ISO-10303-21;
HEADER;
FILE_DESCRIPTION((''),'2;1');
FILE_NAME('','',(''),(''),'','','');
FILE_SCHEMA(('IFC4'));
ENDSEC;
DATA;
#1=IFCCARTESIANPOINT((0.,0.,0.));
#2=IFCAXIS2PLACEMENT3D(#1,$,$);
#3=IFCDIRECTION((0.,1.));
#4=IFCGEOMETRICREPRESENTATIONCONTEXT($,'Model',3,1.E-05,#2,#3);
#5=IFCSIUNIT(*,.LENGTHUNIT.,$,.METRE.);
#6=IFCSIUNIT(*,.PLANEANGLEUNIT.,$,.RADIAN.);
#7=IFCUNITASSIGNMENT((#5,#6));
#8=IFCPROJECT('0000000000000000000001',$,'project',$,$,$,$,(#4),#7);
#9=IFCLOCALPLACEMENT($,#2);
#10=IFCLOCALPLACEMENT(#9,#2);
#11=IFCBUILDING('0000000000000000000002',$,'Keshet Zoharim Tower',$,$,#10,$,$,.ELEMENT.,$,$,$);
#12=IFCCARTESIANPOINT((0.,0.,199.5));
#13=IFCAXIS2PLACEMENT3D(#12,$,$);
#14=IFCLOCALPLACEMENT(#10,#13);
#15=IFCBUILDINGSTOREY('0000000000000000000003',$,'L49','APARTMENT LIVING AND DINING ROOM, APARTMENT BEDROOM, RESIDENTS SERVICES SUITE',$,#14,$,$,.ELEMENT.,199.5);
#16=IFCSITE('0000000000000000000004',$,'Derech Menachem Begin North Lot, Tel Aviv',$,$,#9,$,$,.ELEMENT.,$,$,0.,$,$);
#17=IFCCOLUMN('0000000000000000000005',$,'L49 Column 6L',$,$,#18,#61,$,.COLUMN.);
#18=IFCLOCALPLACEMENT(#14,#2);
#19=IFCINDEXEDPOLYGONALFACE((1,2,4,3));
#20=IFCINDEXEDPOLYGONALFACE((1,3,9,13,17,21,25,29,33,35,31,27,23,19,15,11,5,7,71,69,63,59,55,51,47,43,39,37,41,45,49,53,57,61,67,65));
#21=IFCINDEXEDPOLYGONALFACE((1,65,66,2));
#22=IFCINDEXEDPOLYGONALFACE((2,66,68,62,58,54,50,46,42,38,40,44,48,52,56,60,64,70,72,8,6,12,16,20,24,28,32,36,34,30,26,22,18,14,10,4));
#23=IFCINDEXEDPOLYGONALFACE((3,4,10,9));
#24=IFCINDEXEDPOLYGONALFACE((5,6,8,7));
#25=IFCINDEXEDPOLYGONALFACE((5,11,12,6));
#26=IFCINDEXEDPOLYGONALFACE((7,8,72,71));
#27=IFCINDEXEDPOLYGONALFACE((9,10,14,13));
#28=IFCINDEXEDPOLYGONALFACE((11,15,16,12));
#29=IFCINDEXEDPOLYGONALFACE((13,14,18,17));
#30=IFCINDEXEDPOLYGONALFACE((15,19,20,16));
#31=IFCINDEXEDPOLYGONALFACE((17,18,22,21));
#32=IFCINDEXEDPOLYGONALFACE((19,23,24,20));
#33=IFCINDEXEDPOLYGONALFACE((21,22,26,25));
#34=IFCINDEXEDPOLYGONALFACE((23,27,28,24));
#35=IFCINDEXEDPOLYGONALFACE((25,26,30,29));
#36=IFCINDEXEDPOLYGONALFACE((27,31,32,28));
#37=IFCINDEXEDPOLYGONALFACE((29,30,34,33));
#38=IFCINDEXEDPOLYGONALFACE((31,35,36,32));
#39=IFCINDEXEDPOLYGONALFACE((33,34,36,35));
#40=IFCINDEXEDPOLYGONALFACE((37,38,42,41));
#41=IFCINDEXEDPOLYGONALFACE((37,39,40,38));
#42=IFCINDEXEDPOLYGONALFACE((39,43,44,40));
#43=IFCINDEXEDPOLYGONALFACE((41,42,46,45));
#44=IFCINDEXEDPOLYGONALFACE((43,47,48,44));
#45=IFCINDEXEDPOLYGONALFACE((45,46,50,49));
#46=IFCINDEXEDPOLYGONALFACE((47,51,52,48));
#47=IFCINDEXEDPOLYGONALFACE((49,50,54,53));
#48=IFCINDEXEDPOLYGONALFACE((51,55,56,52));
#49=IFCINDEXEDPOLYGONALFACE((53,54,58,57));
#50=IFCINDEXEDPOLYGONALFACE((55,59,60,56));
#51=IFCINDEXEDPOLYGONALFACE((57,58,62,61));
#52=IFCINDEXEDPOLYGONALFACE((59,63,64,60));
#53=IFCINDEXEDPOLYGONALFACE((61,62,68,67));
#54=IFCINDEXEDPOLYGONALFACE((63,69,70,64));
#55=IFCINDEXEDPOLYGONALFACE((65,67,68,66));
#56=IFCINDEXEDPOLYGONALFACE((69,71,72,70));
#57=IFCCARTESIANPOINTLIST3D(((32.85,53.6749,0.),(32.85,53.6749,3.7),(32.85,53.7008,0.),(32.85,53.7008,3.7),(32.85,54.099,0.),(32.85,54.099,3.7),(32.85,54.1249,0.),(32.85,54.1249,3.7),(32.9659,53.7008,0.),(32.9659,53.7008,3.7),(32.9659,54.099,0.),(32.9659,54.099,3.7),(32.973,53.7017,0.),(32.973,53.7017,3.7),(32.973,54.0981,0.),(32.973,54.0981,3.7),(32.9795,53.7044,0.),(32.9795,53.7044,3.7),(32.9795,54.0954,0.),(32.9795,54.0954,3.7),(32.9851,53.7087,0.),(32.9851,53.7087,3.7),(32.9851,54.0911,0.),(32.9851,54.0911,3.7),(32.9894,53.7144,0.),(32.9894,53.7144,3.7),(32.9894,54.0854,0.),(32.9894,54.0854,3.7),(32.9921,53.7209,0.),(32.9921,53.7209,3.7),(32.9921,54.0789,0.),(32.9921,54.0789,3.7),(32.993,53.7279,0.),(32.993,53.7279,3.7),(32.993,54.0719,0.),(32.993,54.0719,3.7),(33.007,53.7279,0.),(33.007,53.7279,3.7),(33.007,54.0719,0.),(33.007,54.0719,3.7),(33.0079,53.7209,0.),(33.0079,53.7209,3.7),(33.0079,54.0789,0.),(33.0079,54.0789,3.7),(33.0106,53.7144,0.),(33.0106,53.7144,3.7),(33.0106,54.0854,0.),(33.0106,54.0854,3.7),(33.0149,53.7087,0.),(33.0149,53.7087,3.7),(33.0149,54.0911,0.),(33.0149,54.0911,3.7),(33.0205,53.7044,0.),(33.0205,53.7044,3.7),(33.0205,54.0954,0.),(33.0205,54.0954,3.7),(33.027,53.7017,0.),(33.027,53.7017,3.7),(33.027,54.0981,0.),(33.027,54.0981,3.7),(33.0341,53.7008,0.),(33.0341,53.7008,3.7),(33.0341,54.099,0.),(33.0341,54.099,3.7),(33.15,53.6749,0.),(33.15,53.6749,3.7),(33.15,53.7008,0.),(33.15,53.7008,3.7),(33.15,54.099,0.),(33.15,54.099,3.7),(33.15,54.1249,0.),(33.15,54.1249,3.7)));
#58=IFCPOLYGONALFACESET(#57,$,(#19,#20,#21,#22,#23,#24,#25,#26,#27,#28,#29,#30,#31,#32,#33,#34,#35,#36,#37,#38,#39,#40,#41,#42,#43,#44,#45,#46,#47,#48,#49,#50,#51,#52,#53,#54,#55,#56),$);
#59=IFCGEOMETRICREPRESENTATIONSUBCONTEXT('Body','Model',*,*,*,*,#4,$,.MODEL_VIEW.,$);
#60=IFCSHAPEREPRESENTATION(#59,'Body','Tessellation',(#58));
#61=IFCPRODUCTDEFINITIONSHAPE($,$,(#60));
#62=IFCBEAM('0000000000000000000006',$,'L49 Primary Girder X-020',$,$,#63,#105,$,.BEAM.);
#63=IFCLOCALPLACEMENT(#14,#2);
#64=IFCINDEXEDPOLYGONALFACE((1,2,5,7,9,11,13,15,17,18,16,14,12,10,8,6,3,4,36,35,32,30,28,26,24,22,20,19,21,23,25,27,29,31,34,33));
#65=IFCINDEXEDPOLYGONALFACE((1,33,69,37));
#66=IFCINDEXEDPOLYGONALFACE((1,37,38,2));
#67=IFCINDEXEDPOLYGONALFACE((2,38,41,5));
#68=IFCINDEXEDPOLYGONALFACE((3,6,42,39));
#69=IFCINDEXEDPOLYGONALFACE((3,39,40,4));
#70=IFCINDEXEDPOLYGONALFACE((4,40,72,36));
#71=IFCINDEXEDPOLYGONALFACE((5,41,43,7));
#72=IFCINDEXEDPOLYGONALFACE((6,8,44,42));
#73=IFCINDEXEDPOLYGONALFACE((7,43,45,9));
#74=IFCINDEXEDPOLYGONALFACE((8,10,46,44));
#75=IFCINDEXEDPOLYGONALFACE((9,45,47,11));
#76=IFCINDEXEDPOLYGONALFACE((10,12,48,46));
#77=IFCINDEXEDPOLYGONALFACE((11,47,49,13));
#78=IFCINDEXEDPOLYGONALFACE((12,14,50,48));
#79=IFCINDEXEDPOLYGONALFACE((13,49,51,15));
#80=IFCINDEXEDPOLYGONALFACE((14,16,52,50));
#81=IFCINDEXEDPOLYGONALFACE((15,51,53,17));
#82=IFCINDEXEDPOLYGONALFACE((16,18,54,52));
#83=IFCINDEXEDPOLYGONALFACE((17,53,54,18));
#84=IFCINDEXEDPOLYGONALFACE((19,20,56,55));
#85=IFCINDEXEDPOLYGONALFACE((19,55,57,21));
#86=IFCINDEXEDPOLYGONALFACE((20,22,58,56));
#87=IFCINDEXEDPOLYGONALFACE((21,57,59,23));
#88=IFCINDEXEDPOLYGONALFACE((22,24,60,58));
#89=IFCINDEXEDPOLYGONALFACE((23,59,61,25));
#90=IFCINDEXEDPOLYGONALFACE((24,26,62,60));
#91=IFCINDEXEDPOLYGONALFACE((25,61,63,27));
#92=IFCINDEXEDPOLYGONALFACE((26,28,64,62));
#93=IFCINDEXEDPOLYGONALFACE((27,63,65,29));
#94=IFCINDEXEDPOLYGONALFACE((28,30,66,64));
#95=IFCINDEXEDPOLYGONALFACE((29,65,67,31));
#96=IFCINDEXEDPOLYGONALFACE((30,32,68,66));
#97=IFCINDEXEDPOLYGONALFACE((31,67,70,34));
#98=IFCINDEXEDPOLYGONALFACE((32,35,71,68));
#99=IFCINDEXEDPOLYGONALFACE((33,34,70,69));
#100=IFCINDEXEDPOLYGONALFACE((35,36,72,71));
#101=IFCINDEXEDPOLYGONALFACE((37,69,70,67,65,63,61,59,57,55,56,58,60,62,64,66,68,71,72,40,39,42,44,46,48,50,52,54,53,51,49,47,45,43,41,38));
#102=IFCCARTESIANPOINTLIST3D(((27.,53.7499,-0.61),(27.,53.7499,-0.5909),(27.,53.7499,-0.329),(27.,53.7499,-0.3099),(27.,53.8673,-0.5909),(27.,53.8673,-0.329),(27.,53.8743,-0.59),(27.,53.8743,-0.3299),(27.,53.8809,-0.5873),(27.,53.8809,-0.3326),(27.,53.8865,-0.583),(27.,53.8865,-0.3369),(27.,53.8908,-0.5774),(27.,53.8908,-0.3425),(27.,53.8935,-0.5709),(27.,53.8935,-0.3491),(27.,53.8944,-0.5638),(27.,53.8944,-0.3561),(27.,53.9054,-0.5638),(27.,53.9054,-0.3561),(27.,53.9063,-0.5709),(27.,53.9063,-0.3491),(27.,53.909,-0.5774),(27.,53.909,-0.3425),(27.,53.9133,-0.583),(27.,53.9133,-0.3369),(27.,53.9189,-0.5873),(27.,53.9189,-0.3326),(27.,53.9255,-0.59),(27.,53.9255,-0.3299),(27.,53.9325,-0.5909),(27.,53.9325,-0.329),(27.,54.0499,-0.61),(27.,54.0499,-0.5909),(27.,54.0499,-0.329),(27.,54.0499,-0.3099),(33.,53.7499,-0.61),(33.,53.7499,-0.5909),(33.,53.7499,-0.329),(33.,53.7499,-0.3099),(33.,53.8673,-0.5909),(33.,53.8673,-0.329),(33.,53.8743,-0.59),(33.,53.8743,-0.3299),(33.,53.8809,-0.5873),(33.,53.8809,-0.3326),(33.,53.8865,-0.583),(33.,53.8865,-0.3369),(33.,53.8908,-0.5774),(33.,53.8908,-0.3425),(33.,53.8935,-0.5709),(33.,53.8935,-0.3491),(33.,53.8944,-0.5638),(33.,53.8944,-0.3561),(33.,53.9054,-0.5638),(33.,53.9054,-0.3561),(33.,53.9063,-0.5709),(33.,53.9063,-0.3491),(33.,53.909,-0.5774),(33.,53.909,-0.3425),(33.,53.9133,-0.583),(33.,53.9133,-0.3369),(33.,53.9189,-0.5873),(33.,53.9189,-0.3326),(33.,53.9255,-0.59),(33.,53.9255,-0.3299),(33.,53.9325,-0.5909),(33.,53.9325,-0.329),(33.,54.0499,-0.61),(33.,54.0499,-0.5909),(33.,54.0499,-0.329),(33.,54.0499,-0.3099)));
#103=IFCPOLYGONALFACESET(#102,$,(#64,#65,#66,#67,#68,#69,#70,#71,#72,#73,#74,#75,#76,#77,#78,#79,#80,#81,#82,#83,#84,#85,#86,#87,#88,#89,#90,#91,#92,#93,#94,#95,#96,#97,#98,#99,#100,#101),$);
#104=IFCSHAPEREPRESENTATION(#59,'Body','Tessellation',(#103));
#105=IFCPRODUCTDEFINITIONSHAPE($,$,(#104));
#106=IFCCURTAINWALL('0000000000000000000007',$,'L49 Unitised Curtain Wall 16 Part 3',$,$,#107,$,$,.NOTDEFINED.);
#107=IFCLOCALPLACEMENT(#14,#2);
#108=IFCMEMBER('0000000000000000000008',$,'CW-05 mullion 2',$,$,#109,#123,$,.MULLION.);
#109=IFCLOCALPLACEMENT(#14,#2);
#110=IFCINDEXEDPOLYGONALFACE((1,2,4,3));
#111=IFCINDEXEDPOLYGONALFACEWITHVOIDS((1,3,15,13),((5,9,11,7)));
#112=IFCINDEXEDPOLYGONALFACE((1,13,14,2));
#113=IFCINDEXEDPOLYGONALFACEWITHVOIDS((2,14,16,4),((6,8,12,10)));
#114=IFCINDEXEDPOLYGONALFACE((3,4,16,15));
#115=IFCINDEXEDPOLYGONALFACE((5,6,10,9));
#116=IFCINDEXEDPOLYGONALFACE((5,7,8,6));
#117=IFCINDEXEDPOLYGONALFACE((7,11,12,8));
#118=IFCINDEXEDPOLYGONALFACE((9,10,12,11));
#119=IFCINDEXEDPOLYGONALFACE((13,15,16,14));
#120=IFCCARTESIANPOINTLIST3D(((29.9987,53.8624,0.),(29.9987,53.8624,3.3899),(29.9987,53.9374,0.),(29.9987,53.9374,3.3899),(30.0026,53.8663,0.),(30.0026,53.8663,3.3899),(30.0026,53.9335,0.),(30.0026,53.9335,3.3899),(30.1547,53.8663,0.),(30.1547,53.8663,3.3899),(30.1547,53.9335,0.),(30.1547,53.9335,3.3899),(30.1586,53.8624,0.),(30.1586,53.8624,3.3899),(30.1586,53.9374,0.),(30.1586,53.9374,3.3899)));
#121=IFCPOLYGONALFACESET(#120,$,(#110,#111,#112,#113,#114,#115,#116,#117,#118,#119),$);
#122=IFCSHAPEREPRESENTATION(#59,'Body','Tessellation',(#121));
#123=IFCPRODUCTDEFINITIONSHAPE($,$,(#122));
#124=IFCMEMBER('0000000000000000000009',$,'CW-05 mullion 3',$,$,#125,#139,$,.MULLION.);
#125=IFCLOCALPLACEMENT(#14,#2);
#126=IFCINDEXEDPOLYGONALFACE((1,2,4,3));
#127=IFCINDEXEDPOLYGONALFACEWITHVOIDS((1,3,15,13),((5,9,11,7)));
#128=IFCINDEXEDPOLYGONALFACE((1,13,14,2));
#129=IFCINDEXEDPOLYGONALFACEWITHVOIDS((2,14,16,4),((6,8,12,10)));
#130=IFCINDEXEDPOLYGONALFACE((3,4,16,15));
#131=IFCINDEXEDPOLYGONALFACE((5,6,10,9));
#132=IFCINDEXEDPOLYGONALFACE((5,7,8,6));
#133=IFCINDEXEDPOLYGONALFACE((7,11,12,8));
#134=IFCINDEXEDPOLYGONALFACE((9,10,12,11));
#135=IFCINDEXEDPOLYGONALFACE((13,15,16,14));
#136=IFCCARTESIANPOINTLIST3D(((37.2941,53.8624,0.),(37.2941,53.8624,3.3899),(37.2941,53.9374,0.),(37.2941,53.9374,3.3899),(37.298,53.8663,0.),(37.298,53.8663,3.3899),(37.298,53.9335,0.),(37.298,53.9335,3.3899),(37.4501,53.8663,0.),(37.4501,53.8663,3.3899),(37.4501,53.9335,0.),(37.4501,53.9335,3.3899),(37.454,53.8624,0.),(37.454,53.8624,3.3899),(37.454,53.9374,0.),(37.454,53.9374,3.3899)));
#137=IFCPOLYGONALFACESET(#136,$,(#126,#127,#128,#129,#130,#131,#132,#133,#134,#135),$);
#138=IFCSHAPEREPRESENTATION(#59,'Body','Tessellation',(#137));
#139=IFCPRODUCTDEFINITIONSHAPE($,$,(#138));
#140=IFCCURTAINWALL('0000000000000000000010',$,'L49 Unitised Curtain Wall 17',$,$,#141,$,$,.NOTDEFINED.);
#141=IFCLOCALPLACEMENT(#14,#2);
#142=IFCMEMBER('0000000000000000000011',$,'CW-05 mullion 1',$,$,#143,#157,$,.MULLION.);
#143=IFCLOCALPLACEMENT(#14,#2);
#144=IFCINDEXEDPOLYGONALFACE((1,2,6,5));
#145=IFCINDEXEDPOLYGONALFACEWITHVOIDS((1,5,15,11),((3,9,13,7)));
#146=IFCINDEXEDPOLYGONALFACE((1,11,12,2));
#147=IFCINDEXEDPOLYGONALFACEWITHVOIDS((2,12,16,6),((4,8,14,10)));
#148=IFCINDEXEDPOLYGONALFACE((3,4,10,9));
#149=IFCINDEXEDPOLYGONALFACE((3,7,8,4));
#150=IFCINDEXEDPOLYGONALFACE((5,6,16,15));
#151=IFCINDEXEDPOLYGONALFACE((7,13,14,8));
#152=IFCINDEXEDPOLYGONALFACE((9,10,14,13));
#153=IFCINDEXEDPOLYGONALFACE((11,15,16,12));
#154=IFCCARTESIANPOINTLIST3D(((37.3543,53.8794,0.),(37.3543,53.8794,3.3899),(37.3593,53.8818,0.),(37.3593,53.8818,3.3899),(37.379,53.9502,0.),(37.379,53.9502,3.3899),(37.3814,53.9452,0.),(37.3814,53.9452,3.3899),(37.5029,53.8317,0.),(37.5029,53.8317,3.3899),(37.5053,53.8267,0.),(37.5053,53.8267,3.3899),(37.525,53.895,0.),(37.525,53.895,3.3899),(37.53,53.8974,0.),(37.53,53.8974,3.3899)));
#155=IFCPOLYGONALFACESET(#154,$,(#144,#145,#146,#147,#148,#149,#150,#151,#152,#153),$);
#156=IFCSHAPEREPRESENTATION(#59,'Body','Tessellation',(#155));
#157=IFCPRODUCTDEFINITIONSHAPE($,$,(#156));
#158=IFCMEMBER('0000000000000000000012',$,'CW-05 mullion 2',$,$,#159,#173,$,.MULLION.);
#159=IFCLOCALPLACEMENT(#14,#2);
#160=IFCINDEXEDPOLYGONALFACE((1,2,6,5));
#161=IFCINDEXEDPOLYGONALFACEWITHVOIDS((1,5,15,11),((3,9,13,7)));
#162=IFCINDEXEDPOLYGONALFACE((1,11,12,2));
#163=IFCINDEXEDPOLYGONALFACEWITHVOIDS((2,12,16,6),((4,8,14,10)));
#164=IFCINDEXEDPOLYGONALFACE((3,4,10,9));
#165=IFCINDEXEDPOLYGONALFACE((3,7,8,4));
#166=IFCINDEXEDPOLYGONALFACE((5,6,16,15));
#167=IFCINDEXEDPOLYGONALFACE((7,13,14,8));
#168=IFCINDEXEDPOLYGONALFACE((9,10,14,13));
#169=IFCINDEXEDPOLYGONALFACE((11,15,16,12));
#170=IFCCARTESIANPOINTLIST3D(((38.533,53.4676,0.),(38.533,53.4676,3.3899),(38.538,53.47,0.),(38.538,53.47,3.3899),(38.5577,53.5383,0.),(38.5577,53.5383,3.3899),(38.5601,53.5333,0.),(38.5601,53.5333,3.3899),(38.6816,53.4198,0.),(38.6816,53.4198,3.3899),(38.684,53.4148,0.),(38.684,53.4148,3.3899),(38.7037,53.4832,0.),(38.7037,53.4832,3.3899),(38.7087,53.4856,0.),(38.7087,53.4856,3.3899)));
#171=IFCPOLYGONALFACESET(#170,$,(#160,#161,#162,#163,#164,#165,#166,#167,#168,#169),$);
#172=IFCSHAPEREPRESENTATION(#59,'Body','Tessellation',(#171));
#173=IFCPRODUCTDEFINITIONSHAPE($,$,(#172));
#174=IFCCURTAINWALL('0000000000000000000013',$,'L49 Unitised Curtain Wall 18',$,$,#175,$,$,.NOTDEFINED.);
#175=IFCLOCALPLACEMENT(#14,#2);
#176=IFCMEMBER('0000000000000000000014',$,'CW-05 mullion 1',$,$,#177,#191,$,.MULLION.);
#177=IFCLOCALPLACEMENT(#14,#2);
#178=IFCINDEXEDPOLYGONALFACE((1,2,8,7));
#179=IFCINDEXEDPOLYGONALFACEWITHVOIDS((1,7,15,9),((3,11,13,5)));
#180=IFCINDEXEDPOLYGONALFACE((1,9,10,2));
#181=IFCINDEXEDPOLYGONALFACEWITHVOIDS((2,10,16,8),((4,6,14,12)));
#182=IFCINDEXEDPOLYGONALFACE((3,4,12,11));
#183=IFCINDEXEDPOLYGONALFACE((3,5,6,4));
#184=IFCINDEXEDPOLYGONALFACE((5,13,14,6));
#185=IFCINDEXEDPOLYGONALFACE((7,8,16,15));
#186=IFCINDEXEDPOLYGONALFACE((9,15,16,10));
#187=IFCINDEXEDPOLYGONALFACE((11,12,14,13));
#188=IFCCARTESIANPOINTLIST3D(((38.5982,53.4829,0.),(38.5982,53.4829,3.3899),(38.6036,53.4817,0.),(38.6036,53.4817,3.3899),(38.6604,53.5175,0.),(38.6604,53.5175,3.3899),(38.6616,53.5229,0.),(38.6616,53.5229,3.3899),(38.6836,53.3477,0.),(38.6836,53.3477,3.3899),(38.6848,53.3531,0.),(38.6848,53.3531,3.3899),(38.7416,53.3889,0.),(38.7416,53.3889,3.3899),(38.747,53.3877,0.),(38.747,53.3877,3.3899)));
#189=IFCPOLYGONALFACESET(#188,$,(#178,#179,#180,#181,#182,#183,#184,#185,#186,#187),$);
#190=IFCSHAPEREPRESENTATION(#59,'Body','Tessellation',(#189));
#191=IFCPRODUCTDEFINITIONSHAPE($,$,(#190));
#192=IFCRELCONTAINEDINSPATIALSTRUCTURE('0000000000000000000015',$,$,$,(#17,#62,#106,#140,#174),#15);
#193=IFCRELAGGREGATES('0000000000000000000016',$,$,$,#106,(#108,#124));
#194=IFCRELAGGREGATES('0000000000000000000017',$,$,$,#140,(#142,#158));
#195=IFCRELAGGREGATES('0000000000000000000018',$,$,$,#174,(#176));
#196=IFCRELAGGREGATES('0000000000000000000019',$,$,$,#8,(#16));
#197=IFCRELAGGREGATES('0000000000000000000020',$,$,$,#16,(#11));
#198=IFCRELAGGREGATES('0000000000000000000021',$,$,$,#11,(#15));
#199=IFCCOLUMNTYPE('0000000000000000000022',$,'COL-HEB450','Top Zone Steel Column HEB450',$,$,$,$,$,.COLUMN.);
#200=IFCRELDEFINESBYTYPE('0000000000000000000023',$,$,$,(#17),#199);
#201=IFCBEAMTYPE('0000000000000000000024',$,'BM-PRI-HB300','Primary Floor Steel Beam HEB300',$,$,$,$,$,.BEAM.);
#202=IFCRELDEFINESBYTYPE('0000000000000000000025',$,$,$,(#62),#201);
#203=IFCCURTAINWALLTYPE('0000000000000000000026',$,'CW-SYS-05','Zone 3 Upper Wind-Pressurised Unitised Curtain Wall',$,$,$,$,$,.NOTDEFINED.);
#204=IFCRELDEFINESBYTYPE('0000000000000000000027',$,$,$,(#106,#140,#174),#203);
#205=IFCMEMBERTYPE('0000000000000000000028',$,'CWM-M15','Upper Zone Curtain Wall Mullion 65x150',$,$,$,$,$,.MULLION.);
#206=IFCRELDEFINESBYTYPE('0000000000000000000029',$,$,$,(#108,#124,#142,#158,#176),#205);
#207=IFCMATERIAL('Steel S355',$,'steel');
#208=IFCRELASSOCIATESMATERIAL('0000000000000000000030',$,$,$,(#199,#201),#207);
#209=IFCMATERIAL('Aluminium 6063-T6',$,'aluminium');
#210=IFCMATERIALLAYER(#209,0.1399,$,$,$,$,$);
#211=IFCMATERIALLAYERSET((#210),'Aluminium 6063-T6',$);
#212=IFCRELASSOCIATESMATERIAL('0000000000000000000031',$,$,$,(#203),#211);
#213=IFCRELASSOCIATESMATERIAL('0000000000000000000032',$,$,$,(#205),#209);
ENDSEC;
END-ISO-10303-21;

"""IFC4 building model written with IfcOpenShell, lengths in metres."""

from ifc_helpers import new_model, si_unit, direction, frame, origin, origin_2d, place, context, subcontext, project, spatial, hollow_rectangle, i_section, extrude, material, layer, layer_set, material_profile, profile_set, type_object, element, aggregate, save


model = new_model("IFC4")

# Units and contexts
model_context = context("Model", 3, precision=1e-05, world=origin(), true_north=direction((0.0, 1.0)))
body_context = subcontext(model_context, "Body", "Model", "MODEL_VIEW")
ifc_project = project(units=[si_unit("LENGTHUNIT", "METRE"), si_unit("PLANEANGLEUNIT", "RADIAN")], contexts=[model_context])

# Site, building, storey
site_placement = place(None, origin())
site = spatial("IfcSite", under=ifc_project, at=site_placement, Name="Derech Menachem Begin North Lot, Tel Aviv", CompositionType="ELEMENT", RefElevation=0.0)
building_placement = place(site_placement, origin())
building = spatial("IfcBuilding", under=site, at=building_placement, Name="Keshet Zoharim Tower", CompositionType="ELEMENT")
storey_placement = place(building_placement, frame((0.0, 0.0, 199.5)))
storey = spatial("IfcBuildingStorey", under=building, at=storey_placement, Name="L49", Description="APARTMENT LIVING AND DINING ROOM, APARTMENT BEDROOM, RESIDENTS SERVICES SUITE", CompositionType="ELEMENT", Elevation=199.5)

# Column
ifc_material_1 = material(Name="Steel S355", Category="steel")
ifc_material_profile_1 = material_profile(ifc_material_1, i_section(OverallWidth=0.3, OverallDepth=0.45, WebThickness=0.0139, FlangeThickness=0.0259, FilletRadius=0.0271, at=origin_2d()), Name="HEB450")
ifc_profile_set_1 = profile_set([ifc_material_profile_1], Name="Steel S355")
column_type = type_object("IfcColumnType", Name="COL-HEB450", Description="Top Zone Steel Column HEB450", PredefinedType="COLUMN", material=ifc_profile_set_1)
column_placement = place(storey_placement, frame((33.0, 53.8999, 0.0), z_axis=(0.0, 0.0, 1.0), x_axis=(1.0, 0.0, 0.0)))
element("IfcColumn", 1, at=column_placement, inside=storey, type_object=column_type, Name="L49 Column 6L", PredefinedType="COLUMN", context=body_context, shape_type="SweptSolid", body=[
    extrude(i_section(OverallWidth=0.3, OverallDepth=0.45, WebThickness=0.0139, FlangeThickness=0.0259, FilletRadius=0.0271, at=origin_2d()), origin(), (0.0, 0.0, 1.0), 3.7),
])

# Beam
ifc_material_profile_2 = material_profile(ifc_material_1, i_section(OverallWidth=0.3, OverallDepth=0.3, WebThickness=0.011, FlangeThickness=0.019, FilletRadius=0.0271, at=origin_2d()), Name="HEB300")
ifc_profile_set_2 = profile_set([ifc_material_profile_2], Name="Steel S355")
beam_type = type_object("IfcBeamType", Name="BM-PRI-HB300", Description="Primary Floor Steel Beam HEB300", PredefinedType="BEAM", material=ifc_profile_set_2)
beam_placement = place(storey_placement, frame((27.0, 53.8999, -0.46), z_axis=(1.0, 0.0, 0.0), x_axis=(0.0, 1.0, 0.0)))
element("IfcBeam", 2, at=beam_placement, inside=storey, type_object=beam_type, Name="L49 Primary Girder X-020", PredefinedType="BEAM", context=body_context, shape_type="SweptSolid", body=[
    extrude(i_section(OverallWidth=0.3, OverallDepth=0.3, WebThickness=0.011, FlangeThickness=0.019, FilletRadius=0.0271, at=origin_2d()), origin(), (0.0, 0.0, 1.0), 6.0),
])

# Curtain walls, members
ifc_material_2 = material(Name="Aluminium 6063-T6", Category="aluminium")
ifc_layer_1 = layer(ifc_material_2, 0.1399)
ifc_layer_set_1 = layer_set([ifc_layer_1], Name="Aluminium 6063-T6")
curtain_wall_type = type_object("IfcCurtainWallType", Name="CW-SYS-05", Description="Zone 3 Upper Wind-Pressurised Unitised Curtain Wall", PredefinedType="NOTDEFINED", material=ifc_layer_set_1)
curtain_wall_1_placement = place(storey_placement, origin())
curtain_wall_1 = element("IfcCurtainWall", 3, at=curtain_wall_1_placement, inside=storey, type_object=curtain_wall_type, Name="L49 Unitised Curtain Wall 16 Part 3", PredefinedType="NOTDEFINED")
ifc_material_profile_3 = material_profile(ifc_material_2, hollow_rectangle(XDim=0.075, YDim=0.1599, WallThickness=0.0039, at=origin_2d()), Name="MUL-75x160")
ifc_profile_set_3 = profile_set([ifc_material_profile_3], Name="Aluminium 6063-T6")
member_type_1 = type_object("IfcMemberType", Name="CWM-M15", Description="Upper Zone Curtain Wall Mullion 65x150", PredefinedType="MULLION", material=ifc_profile_set_3)
member_1_placement = place(storey_placement, frame((30.0786, 53.8999, 0.0), z_axis=(0.0, 0.0, 1.0), x_axis=(0.0, 1.0, 0.0)))
member_1 = element("IfcMember", 4, at=member_1_placement, type_object=member_type_1, Name="CW-05 mullion 2", PredefinedType="MULLION", context=body_context, shape_type="SweptSolid", body=[
    extrude(hollow_rectangle(XDim=0.075, YDim=0.1599, WallThickness=0.0039, at=origin_2d()), origin(), (0.0, 0.0, 1.0), 3.3899),
])
member_2_placement = place(storey_placement, frame((37.374, 53.8999, 0.0), z_axis=(0.0, 0.0, 1.0), x_axis=(0.0, 1.0, 0.0)))
member_2 = element("IfcMember", 5, at=member_2_placement, type_object=member_type_1, Name="CW-05 mullion 3", PredefinedType="MULLION", context=body_context, shape_type="SweptSolid", body=[
    extrude(hollow_rectangle(XDim=0.075, YDim=0.1599, WallThickness=0.0039, at=origin_2d()), origin(), (0.0, 0.0, 1.0), 3.3899),
])
curtain_wall_2_placement = place(storey_placement, origin())
curtain_wall_2 = element("IfcCurtainWall", 6, at=curtain_wall_2_placement, inside=storey, type_object=curtain_wall_type, Name="L49 Unitised Curtain Wall 17", PredefinedType="NOTDEFINED")
member_3_placement = place(storey_placement, frame((37.4421, 53.8884, 0.0), z_axis=(0.0, 0.0, 1.0), x_axis=(0.329844, 0.944036, 0.0)))
member_3 = element("IfcMember", 7, at=member_3_placement, type_object=member_type_1, Name="CW-05 mullion 1", PredefinedType="MULLION", context=body_context, shape_type="SweptSolid", body=[
    extrude(hollow_rectangle(XDim=0.075, YDim=0.1599, WallThickness=0.0039, at=origin_2d()), origin(), (0.0, 0.0, 1.0), 3.3899),
])
member_4_placement = place(storey_placement, frame((38.6208, 53.4766, 0.0), z_axis=(0.0, 0.0, 1.0), x_axis=(0.329844, 0.944036, 0.0)))
member_4 = element("IfcMember", 8, at=member_4_placement, type_object=member_type_1, Name="CW-05 mullion 2", PredefinedType="MULLION", context=body_context, shape_type="SweptSolid", body=[
    extrude(hollow_rectangle(XDim=0.075, YDim=0.1599, WallThickness=0.0039, at=origin_2d()), origin(), (0.0, 0.0, 1.0), 3.3899),
])
curtain_wall_3_placement = place(storey_placement, origin())
curtain_wall_3 = element("IfcCurtainWall", 9, at=curtain_wall_3_placement, inside=storey, type_object=curtain_wall_type, Name="L49 Unitised Curtain Wall 18", PredefinedType="NOTDEFINED")
member_5_placement = place(storey_placement, frame((38.6726, 53.4353, 0.0), z_axis=(0.0, 0.0, 1.0), x_axis=(0.845561, 0.533879, 0.0)))
member_5 = element("IfcMember", 10, at=member_5_placement, type_object=member_type_1, Name="CW-05 mullion 1", PredefinedType="MULLION", context=body_context, shape_type="SweptSolid", body=[
    extrude(hollow_rectangle(XDim=0.075, YDim=0.1599, WallThickness=0.0039, at=origin_2d()), origin(), (0.0, 0.0, 1.0), 3.3899),
])

aggregate(curtain_wall_1, [member_1, member_2])
aggregate(curtain_wall_2, [member_3, member_4])
aggregate(curtain_wall_3, [member_5])

save(model, "model.ifc")
